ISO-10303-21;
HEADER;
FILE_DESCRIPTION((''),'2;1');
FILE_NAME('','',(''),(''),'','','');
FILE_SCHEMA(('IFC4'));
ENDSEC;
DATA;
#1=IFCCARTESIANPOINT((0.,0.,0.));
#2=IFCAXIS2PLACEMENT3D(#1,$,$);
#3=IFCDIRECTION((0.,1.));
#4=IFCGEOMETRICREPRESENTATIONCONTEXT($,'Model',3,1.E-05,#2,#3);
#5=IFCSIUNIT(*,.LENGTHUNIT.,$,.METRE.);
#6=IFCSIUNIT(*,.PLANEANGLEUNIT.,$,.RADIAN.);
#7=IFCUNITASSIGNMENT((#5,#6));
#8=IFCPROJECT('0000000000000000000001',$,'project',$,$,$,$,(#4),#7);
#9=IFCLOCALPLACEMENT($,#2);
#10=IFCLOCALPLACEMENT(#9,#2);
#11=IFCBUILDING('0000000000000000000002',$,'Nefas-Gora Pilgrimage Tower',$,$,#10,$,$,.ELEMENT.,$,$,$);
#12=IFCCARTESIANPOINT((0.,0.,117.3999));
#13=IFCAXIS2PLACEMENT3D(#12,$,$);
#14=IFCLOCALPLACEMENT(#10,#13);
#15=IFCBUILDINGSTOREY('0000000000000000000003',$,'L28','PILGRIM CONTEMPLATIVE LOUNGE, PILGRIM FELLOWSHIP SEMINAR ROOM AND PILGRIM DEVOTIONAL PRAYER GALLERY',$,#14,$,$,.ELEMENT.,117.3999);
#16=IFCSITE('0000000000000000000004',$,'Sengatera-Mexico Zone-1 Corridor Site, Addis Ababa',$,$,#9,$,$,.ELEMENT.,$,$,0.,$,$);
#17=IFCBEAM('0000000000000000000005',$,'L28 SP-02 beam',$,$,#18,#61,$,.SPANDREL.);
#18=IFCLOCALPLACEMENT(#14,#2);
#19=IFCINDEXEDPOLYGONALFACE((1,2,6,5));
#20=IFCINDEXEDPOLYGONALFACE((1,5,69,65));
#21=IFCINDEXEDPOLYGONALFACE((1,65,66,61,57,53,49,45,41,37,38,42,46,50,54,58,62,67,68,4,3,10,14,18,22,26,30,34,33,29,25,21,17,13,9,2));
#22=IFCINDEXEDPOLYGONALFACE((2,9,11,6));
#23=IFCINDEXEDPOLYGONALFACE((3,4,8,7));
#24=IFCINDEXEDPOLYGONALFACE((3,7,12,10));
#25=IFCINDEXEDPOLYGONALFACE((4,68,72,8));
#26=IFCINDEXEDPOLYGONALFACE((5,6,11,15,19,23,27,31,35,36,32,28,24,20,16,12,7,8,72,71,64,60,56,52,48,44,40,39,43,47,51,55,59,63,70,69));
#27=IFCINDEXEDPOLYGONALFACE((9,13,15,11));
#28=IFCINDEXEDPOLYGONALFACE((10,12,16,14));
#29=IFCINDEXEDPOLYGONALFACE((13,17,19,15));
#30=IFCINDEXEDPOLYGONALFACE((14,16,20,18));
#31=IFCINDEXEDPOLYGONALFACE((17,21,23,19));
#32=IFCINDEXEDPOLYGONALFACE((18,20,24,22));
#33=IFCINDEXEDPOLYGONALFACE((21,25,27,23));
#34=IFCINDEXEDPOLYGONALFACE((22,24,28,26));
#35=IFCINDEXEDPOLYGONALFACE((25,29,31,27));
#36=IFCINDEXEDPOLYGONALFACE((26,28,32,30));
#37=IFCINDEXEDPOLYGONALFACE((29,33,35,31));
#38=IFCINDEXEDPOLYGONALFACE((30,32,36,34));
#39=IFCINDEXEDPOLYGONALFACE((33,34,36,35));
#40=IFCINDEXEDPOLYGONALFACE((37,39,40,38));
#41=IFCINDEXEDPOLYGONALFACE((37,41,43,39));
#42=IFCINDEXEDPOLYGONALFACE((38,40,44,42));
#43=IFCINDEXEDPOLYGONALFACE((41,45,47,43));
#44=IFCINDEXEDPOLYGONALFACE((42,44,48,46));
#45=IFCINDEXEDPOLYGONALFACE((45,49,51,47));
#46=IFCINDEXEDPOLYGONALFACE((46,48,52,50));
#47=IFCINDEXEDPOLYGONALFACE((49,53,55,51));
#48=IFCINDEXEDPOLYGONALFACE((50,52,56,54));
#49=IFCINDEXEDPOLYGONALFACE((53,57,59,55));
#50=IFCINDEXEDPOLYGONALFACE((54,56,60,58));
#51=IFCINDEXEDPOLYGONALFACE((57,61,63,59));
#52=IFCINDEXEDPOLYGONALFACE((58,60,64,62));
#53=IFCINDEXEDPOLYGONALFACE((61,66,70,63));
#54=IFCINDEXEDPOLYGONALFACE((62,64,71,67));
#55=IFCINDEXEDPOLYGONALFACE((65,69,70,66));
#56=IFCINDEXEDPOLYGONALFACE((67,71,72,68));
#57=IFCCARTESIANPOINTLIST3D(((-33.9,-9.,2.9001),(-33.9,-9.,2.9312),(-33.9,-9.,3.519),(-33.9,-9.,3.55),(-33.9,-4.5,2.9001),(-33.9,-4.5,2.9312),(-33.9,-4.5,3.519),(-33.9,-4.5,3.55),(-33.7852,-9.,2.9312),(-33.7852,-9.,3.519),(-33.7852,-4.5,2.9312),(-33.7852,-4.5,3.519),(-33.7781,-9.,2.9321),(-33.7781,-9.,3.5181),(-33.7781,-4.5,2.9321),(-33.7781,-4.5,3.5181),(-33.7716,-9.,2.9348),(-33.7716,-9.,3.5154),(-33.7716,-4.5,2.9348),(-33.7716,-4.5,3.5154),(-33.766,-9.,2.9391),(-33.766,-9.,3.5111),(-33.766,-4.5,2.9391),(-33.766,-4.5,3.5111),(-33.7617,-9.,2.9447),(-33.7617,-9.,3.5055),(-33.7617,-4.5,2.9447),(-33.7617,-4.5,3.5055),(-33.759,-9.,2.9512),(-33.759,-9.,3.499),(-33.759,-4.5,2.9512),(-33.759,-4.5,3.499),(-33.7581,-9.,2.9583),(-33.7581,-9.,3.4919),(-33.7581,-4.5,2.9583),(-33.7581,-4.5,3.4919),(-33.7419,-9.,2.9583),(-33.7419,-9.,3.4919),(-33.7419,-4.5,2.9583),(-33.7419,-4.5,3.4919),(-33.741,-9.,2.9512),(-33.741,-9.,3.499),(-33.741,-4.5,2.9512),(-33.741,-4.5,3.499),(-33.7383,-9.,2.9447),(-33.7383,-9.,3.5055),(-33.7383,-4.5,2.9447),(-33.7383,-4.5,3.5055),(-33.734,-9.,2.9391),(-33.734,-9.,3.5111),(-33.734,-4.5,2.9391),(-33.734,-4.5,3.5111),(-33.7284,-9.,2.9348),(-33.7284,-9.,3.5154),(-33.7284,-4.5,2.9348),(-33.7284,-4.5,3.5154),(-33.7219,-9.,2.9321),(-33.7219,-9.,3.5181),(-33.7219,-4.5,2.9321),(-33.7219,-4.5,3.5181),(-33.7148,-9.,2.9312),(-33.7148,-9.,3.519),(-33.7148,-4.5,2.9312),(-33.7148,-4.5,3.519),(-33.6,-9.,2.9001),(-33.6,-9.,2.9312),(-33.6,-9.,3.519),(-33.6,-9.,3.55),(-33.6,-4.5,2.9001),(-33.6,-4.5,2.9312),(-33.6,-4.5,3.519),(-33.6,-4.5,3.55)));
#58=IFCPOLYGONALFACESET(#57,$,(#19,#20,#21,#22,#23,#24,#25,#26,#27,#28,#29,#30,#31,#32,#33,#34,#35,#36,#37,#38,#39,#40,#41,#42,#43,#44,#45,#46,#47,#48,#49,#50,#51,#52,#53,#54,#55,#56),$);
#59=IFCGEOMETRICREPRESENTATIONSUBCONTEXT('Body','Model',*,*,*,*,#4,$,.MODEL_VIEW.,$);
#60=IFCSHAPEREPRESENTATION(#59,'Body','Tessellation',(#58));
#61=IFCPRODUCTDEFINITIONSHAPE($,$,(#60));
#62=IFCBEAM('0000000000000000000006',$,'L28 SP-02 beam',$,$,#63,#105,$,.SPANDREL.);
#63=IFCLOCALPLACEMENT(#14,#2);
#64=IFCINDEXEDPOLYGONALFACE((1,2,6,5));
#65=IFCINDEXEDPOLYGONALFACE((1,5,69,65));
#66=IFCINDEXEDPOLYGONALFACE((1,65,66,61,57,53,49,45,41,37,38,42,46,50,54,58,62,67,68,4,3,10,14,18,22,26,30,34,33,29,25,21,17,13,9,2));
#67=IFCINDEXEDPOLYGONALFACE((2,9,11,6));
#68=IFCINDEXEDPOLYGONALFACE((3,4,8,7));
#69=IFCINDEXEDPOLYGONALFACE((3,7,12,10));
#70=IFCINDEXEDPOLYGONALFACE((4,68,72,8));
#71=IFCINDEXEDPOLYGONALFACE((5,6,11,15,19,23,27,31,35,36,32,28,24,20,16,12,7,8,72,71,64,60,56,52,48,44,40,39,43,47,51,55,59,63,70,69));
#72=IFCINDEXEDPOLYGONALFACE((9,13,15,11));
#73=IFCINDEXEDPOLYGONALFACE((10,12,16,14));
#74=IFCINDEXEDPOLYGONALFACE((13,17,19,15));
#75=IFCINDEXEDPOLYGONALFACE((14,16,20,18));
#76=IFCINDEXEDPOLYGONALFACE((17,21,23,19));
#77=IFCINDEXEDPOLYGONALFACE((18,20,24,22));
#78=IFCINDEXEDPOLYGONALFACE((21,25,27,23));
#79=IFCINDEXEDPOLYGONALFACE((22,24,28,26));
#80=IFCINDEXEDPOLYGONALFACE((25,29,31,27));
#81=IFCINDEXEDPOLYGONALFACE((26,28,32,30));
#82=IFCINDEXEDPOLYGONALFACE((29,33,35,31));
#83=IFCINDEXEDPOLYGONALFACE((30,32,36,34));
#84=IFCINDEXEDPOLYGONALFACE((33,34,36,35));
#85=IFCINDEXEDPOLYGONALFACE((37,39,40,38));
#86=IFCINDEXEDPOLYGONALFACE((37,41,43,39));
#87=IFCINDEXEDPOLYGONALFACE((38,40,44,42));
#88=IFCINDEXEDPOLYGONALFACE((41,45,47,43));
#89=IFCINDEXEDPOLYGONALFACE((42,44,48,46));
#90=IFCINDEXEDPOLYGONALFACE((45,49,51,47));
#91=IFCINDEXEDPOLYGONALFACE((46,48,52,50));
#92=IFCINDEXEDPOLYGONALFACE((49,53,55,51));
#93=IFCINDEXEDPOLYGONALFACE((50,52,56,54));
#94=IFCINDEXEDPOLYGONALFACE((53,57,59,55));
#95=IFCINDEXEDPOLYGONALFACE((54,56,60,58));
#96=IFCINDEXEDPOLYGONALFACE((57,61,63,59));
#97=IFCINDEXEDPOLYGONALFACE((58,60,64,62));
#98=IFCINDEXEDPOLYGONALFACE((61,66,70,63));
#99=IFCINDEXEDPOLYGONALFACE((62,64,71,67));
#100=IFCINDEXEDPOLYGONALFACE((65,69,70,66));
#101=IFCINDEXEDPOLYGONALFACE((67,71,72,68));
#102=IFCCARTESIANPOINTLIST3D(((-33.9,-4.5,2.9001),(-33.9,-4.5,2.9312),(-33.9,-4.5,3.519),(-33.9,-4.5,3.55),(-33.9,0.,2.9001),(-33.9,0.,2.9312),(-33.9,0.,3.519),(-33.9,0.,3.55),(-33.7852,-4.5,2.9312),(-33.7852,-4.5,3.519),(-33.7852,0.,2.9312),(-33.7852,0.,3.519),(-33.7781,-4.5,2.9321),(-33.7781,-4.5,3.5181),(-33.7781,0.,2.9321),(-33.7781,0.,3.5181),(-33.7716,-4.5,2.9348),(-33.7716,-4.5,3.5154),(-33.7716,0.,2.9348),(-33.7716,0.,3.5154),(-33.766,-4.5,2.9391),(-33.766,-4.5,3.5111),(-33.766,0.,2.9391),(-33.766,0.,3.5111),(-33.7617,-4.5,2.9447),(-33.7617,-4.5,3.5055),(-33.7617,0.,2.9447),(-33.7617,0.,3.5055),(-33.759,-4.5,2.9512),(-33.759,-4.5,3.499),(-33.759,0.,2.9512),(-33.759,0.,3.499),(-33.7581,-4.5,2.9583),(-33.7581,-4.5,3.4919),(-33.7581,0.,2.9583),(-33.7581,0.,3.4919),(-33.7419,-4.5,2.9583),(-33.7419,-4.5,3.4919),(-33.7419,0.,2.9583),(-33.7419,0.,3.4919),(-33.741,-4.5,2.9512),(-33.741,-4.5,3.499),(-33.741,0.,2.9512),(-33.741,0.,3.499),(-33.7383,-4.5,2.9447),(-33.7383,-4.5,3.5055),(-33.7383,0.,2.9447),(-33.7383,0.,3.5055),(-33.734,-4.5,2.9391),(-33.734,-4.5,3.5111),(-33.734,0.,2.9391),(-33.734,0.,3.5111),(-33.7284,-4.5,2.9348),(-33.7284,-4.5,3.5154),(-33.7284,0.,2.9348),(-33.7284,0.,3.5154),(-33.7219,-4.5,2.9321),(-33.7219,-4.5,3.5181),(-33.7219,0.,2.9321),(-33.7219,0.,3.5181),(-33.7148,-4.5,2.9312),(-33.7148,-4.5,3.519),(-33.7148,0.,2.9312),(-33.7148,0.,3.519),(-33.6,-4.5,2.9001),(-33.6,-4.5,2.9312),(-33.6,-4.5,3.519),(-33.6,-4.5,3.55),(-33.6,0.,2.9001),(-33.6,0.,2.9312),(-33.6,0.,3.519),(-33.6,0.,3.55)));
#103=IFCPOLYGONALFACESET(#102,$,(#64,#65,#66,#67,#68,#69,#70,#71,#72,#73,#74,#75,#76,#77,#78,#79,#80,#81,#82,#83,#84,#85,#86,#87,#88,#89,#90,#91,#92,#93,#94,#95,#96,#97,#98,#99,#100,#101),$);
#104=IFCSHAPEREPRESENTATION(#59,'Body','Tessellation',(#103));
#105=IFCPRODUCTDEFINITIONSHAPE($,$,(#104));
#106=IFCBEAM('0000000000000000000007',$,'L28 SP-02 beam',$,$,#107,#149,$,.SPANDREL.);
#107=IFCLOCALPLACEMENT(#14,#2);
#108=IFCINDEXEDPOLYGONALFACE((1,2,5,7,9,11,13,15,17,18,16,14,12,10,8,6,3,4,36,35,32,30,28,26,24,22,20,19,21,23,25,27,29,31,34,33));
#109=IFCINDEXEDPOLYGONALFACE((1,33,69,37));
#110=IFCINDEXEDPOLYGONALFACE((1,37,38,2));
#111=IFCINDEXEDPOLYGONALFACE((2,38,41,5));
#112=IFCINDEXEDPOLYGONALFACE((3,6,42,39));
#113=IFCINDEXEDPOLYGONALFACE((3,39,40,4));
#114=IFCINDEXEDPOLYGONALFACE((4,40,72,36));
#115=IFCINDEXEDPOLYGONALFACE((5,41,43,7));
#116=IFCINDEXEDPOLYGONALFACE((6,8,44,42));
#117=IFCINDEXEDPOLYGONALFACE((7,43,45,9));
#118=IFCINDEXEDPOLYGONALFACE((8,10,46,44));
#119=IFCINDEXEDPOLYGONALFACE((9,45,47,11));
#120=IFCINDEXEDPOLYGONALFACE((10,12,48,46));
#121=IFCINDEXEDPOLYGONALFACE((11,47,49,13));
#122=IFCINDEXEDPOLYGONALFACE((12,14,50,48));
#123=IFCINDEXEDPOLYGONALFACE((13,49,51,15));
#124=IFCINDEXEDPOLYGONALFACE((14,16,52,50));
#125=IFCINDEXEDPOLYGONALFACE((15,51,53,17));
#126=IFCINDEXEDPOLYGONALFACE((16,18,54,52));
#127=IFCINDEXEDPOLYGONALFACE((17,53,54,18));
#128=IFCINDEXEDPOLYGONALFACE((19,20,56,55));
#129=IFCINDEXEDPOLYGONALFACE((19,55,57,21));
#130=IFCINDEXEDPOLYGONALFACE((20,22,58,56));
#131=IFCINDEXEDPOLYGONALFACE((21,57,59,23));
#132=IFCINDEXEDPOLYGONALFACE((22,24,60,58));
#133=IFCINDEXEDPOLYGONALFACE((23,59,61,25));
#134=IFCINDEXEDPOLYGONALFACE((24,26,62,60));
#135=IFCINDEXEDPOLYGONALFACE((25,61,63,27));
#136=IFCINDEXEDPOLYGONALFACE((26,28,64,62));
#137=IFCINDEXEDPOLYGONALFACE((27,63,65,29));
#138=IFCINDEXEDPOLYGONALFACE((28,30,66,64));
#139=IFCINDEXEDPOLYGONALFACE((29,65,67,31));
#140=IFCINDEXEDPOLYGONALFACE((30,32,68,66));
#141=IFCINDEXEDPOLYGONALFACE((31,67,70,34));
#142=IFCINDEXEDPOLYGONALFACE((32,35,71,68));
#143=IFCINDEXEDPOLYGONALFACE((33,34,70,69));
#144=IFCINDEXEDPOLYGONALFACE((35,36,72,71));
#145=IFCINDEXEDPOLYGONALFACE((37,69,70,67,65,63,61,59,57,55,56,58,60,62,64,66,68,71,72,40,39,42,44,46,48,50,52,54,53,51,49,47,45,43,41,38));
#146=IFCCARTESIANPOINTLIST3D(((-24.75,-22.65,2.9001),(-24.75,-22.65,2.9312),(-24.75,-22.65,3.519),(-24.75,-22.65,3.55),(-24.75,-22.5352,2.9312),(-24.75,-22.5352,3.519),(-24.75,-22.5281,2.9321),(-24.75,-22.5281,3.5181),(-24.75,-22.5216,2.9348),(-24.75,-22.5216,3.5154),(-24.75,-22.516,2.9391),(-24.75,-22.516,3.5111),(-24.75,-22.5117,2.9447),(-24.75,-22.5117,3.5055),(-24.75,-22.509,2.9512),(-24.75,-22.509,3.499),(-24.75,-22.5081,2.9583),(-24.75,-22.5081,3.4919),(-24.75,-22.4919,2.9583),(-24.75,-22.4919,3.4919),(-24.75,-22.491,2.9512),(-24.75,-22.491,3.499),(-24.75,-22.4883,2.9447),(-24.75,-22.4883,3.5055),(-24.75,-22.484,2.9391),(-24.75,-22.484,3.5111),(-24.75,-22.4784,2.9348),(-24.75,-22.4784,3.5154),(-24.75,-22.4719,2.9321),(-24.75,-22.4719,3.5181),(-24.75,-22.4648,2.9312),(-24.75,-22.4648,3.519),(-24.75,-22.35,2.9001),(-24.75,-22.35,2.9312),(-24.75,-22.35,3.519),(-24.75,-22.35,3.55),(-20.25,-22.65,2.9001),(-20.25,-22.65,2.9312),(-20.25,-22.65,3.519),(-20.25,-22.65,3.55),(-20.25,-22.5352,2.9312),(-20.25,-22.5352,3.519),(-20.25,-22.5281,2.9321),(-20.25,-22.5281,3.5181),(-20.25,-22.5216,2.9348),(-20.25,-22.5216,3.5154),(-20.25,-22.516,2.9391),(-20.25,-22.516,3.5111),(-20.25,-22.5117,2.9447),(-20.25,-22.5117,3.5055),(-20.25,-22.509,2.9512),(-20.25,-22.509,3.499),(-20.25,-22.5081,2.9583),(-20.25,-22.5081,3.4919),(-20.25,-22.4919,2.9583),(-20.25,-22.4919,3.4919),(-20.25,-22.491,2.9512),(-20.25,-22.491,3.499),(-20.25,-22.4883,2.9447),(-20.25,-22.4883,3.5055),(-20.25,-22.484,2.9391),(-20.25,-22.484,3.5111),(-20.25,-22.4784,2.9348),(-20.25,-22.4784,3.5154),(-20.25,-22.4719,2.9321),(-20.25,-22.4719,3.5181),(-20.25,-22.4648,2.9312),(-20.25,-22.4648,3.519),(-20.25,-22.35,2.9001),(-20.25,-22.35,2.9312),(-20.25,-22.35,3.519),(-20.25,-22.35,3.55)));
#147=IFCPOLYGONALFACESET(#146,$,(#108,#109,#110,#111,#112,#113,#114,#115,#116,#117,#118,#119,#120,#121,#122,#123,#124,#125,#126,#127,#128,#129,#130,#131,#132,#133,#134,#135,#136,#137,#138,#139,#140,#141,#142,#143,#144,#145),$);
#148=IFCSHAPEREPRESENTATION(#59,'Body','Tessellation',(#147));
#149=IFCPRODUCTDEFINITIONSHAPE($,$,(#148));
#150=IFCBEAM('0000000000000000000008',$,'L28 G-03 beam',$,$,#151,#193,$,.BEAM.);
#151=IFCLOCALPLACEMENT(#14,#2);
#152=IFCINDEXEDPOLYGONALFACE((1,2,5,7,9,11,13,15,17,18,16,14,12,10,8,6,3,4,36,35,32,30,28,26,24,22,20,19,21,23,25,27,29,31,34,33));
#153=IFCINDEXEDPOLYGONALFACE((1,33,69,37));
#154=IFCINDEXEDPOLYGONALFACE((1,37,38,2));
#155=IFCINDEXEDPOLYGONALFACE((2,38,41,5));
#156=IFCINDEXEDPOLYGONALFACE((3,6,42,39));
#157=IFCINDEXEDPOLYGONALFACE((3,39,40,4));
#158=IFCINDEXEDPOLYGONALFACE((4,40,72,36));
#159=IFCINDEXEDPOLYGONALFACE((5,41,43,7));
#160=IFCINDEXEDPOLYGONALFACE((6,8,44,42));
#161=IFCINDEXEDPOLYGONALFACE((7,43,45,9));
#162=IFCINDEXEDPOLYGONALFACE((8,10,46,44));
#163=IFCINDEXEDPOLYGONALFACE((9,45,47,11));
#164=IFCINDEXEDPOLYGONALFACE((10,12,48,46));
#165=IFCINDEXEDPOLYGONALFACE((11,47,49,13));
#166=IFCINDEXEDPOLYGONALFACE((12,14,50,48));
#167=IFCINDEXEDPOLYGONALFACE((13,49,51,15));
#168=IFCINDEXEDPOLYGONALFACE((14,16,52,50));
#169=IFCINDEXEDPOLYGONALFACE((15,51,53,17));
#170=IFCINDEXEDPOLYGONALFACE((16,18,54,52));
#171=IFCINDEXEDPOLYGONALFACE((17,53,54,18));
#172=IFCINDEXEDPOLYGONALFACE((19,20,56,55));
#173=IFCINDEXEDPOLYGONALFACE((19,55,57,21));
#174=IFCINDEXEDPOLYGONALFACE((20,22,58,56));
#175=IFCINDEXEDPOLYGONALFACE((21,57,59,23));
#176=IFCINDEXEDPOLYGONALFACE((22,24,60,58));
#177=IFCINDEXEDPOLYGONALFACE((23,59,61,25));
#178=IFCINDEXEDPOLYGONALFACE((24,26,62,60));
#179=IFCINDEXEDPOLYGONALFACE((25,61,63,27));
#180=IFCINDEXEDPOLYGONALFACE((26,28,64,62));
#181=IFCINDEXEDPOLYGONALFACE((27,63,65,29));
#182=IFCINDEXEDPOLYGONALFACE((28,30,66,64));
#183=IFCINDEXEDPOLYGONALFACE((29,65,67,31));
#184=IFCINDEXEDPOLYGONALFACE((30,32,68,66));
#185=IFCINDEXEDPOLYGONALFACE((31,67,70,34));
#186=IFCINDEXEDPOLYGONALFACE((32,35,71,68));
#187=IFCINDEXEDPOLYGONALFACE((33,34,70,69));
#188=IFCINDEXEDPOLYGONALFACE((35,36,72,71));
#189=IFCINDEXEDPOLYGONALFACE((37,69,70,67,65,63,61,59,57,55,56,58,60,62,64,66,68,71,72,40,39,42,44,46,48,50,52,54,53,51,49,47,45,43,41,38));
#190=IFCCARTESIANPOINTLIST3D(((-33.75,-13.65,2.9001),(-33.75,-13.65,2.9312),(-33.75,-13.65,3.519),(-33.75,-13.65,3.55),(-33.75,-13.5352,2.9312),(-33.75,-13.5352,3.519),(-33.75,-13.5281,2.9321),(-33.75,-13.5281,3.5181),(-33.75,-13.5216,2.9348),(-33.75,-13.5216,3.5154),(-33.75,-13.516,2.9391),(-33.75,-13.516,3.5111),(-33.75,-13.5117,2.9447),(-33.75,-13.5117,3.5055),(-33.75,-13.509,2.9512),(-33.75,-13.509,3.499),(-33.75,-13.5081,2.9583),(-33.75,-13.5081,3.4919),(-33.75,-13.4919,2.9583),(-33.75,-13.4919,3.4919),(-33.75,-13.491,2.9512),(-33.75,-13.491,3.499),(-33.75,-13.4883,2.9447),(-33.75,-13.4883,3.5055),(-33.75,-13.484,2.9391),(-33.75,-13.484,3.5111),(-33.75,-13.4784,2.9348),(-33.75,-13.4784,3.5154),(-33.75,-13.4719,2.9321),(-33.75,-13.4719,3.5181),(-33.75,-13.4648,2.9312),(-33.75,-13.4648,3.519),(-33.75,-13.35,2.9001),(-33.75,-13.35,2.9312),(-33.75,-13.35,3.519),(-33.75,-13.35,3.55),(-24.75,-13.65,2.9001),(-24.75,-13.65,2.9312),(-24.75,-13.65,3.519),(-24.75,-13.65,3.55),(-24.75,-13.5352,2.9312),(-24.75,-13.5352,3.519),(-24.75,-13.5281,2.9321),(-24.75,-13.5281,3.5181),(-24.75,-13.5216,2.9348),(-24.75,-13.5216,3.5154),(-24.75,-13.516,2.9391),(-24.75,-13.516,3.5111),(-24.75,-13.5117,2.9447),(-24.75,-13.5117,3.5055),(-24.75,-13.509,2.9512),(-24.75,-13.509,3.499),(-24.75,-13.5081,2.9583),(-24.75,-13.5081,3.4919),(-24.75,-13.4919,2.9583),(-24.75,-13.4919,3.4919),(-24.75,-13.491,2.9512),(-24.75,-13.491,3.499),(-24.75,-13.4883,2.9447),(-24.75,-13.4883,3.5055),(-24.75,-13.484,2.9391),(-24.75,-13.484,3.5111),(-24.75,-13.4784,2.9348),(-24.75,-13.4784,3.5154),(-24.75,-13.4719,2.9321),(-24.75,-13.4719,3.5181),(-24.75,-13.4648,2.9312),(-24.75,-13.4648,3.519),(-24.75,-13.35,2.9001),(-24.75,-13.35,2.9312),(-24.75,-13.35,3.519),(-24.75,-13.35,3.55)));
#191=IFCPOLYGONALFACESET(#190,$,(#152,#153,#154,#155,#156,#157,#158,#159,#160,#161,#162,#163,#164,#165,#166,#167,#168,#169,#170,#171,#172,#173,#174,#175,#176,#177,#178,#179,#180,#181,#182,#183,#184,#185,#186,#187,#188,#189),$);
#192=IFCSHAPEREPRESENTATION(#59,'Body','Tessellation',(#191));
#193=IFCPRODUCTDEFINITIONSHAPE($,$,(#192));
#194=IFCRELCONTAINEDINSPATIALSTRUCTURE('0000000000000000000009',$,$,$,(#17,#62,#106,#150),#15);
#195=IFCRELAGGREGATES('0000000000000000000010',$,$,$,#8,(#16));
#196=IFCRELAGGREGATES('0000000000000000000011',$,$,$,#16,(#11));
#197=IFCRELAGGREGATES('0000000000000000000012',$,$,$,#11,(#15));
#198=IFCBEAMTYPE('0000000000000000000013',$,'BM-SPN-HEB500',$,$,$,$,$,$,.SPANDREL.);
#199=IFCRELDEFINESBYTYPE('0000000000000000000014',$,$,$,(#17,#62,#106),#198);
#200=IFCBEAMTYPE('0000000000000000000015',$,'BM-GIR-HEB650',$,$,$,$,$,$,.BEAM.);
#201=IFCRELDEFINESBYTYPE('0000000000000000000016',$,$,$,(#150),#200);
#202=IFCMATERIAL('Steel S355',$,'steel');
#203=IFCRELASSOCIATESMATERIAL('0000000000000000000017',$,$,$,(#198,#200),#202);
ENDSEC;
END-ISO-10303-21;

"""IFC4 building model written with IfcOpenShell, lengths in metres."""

from ifc_helpers import new_model, si_unit, direction, frame, origin, origin_2d, place, context, subcontext, project, spatial, i_section, extrude, source, transform, mapped, material, material_profile, profile_set, type_object, element, save


model = new_model("IFC4")

# Units and contexts
model_context = context("Model", 3, precision=1e-05, world=origin(), true_north=direction((0.0, 1.0)))
body_context = subcontext(model_context, "Body", "Model", "MODEL_VIEW")
ifc_project = project(units=[si_unit("LENGTHUNIT", "METRE"), si_unit("PLANEANGLEUNIT", "RADIAN")], contexts=[model_context])

# Site, building, storey
site_placement = place(None, origin())
site = spatial("IfcSite", under=ifc_project, at=site_placement, Name="Sengatera-Mexico Zone-1 Corridor Site, Addis Ababa", CompositionType="ELEMENT", RefElevation=0.0)
building_placement = place(site_placement, origin())
building = spatial("IfcBuilding", under=site, at=building_placement, Name="Nefas-Gora Pilgrimage Tower", CompositionType="ELEMENT")
storey_placement = place(building_placement, frame((0.0, 0.0, 117.3999)))
storey = spatial("IfcBuildingStorey", under=building, at=storey_placement, Name="L28", Description="PILGRIM CONTEMPLATIVE LOUNGE, PILGRIM FELLOWSHIP SEMINAR ROOM AND PILGRIM DEVOTIONAL PRAYER GALLERY", CompositionType="ELEMENT", Elevation=117.3999)

# Beams
ifc_material_1 = material(Name="Steel S355", Category="steel")
ifc_material_profile_1 = material_profile(ifc_material_1, i_section(OverallWidth=0.3, OverallDepth=0.6499, WebThickness=0.0161, FlangeThickness=0.031, FilletRadius=0.0271, at=origin_2d()), Name="HEB 650")
ifc_profile_set_1 = profile_set([ifc_material_profile_1], Name="Steel S355")
beam_type_1 = type_object("IfcBeamType", Name="BM-SPN-HEB500", PredefinedType="SPANDREL", material=ifc_profile_set_1)
shared_shape_1 = source(origin(), body_context, "Body", "SweptSolid", [
    extrude(i_section(OverallWidth=0.3, OverallDepth=0.6499, WebThickness=0.0161, FlangeThickness=0.031, FilletRadius=0.0271, at=origin_2d()), origin(), (0.0, 0.0, 1.0), 4.5),
])
for number, where, z_axis, x_axis, name in (
    (1, (-33.75, -9.0, 3.2251), (0.0, 1.0, 0.0), (-1.0, 0.0, 0.0), "L28 SP-02 beam"),
    (2, (-33.75, -4.5, 3.2251), (0.0, 1.0, 0.0), (-1.0, 0.0, 0.0), "L28 SP-02 beam"),
    (3, (-24.75, -22.5, 3.2251), (1.0, 0.0, 0.0), (0.0, 1.0, 0.0), "L28 SP-02 beam"),
):
    element("IfcBeam", number, at=place(storey_placement, frame(where, z_axis=z_axis, x_axis=x_axis)), inside=storey, type_object=beam_type_1, Name=name, PredefinedType="SPANDREL", context=body_context, shape_type="MappedRepresentation", body=[
        mapped(shared_shape_1, transform((0.0, 0.0, 0.0), x_axis=(1.0, 0.0, 0.0), y_axis=(0.0, 1.0, 0.0), z_axis=(0.0, 0.0, 1.0), scale=1.0)),
    ])
ifc_material_profile_2 = material_profile(ifc_material_1, i_section(OverallWidth=0.3, OverallDepth=0.6499, WebThickness=0.0161, FlangeThickness=0.031, FilletRadius=0.0271, at=origin_2d()), Name="HEB 650")
ifc_profile_set_2 = profile_set([ifc_material_profile_2], Name="Steel S355")
beam_type_2 = type_object("IfcBeamType", Name="BM-GIR-HEB650", PredefinedType="BEAM", material=ifc_profile_set_2)
shared_shape_2 = source(origin(), body_context, "Body", "SweptSolid", [
    extrude(i_section(OverallWidth=0.3, OverallDepth=0.6499, WebThickness=0.0161, FlangeThickness=0.031, FilletRadius=0.0271, at=origin_2d()), origin(), (0.0, 0.0, 1.0), 9.0),
])
for number, where, z_axis, x_axis, name in (
    (4, (-33.75, -13.5, 3.2251), (1.0, 0.0, 0.0), (0.0, 1.0, 0.0), "L28 G-03 beam"),
):
    element("IfcBeam", number, at=place(storey_placement, frame(where, z_axis=z_axis, x_axis=x_axis)), inside=storey, type_object=beam_type_2, Name=name, PredefinedType="BEAM", context=body_context, shape_type="MappedRepresentation", body=[
        mapped(shared_shape_2, transform((0.0, 0.0, 0.0), x_axis=(1.0, 0.0, 0.0), y_axis=(0.0, 1.0, 0.0), z_axis=(0.0, 0.0, 1.0), scale=1.0)),
    ])

save(model, "model.ifc")
